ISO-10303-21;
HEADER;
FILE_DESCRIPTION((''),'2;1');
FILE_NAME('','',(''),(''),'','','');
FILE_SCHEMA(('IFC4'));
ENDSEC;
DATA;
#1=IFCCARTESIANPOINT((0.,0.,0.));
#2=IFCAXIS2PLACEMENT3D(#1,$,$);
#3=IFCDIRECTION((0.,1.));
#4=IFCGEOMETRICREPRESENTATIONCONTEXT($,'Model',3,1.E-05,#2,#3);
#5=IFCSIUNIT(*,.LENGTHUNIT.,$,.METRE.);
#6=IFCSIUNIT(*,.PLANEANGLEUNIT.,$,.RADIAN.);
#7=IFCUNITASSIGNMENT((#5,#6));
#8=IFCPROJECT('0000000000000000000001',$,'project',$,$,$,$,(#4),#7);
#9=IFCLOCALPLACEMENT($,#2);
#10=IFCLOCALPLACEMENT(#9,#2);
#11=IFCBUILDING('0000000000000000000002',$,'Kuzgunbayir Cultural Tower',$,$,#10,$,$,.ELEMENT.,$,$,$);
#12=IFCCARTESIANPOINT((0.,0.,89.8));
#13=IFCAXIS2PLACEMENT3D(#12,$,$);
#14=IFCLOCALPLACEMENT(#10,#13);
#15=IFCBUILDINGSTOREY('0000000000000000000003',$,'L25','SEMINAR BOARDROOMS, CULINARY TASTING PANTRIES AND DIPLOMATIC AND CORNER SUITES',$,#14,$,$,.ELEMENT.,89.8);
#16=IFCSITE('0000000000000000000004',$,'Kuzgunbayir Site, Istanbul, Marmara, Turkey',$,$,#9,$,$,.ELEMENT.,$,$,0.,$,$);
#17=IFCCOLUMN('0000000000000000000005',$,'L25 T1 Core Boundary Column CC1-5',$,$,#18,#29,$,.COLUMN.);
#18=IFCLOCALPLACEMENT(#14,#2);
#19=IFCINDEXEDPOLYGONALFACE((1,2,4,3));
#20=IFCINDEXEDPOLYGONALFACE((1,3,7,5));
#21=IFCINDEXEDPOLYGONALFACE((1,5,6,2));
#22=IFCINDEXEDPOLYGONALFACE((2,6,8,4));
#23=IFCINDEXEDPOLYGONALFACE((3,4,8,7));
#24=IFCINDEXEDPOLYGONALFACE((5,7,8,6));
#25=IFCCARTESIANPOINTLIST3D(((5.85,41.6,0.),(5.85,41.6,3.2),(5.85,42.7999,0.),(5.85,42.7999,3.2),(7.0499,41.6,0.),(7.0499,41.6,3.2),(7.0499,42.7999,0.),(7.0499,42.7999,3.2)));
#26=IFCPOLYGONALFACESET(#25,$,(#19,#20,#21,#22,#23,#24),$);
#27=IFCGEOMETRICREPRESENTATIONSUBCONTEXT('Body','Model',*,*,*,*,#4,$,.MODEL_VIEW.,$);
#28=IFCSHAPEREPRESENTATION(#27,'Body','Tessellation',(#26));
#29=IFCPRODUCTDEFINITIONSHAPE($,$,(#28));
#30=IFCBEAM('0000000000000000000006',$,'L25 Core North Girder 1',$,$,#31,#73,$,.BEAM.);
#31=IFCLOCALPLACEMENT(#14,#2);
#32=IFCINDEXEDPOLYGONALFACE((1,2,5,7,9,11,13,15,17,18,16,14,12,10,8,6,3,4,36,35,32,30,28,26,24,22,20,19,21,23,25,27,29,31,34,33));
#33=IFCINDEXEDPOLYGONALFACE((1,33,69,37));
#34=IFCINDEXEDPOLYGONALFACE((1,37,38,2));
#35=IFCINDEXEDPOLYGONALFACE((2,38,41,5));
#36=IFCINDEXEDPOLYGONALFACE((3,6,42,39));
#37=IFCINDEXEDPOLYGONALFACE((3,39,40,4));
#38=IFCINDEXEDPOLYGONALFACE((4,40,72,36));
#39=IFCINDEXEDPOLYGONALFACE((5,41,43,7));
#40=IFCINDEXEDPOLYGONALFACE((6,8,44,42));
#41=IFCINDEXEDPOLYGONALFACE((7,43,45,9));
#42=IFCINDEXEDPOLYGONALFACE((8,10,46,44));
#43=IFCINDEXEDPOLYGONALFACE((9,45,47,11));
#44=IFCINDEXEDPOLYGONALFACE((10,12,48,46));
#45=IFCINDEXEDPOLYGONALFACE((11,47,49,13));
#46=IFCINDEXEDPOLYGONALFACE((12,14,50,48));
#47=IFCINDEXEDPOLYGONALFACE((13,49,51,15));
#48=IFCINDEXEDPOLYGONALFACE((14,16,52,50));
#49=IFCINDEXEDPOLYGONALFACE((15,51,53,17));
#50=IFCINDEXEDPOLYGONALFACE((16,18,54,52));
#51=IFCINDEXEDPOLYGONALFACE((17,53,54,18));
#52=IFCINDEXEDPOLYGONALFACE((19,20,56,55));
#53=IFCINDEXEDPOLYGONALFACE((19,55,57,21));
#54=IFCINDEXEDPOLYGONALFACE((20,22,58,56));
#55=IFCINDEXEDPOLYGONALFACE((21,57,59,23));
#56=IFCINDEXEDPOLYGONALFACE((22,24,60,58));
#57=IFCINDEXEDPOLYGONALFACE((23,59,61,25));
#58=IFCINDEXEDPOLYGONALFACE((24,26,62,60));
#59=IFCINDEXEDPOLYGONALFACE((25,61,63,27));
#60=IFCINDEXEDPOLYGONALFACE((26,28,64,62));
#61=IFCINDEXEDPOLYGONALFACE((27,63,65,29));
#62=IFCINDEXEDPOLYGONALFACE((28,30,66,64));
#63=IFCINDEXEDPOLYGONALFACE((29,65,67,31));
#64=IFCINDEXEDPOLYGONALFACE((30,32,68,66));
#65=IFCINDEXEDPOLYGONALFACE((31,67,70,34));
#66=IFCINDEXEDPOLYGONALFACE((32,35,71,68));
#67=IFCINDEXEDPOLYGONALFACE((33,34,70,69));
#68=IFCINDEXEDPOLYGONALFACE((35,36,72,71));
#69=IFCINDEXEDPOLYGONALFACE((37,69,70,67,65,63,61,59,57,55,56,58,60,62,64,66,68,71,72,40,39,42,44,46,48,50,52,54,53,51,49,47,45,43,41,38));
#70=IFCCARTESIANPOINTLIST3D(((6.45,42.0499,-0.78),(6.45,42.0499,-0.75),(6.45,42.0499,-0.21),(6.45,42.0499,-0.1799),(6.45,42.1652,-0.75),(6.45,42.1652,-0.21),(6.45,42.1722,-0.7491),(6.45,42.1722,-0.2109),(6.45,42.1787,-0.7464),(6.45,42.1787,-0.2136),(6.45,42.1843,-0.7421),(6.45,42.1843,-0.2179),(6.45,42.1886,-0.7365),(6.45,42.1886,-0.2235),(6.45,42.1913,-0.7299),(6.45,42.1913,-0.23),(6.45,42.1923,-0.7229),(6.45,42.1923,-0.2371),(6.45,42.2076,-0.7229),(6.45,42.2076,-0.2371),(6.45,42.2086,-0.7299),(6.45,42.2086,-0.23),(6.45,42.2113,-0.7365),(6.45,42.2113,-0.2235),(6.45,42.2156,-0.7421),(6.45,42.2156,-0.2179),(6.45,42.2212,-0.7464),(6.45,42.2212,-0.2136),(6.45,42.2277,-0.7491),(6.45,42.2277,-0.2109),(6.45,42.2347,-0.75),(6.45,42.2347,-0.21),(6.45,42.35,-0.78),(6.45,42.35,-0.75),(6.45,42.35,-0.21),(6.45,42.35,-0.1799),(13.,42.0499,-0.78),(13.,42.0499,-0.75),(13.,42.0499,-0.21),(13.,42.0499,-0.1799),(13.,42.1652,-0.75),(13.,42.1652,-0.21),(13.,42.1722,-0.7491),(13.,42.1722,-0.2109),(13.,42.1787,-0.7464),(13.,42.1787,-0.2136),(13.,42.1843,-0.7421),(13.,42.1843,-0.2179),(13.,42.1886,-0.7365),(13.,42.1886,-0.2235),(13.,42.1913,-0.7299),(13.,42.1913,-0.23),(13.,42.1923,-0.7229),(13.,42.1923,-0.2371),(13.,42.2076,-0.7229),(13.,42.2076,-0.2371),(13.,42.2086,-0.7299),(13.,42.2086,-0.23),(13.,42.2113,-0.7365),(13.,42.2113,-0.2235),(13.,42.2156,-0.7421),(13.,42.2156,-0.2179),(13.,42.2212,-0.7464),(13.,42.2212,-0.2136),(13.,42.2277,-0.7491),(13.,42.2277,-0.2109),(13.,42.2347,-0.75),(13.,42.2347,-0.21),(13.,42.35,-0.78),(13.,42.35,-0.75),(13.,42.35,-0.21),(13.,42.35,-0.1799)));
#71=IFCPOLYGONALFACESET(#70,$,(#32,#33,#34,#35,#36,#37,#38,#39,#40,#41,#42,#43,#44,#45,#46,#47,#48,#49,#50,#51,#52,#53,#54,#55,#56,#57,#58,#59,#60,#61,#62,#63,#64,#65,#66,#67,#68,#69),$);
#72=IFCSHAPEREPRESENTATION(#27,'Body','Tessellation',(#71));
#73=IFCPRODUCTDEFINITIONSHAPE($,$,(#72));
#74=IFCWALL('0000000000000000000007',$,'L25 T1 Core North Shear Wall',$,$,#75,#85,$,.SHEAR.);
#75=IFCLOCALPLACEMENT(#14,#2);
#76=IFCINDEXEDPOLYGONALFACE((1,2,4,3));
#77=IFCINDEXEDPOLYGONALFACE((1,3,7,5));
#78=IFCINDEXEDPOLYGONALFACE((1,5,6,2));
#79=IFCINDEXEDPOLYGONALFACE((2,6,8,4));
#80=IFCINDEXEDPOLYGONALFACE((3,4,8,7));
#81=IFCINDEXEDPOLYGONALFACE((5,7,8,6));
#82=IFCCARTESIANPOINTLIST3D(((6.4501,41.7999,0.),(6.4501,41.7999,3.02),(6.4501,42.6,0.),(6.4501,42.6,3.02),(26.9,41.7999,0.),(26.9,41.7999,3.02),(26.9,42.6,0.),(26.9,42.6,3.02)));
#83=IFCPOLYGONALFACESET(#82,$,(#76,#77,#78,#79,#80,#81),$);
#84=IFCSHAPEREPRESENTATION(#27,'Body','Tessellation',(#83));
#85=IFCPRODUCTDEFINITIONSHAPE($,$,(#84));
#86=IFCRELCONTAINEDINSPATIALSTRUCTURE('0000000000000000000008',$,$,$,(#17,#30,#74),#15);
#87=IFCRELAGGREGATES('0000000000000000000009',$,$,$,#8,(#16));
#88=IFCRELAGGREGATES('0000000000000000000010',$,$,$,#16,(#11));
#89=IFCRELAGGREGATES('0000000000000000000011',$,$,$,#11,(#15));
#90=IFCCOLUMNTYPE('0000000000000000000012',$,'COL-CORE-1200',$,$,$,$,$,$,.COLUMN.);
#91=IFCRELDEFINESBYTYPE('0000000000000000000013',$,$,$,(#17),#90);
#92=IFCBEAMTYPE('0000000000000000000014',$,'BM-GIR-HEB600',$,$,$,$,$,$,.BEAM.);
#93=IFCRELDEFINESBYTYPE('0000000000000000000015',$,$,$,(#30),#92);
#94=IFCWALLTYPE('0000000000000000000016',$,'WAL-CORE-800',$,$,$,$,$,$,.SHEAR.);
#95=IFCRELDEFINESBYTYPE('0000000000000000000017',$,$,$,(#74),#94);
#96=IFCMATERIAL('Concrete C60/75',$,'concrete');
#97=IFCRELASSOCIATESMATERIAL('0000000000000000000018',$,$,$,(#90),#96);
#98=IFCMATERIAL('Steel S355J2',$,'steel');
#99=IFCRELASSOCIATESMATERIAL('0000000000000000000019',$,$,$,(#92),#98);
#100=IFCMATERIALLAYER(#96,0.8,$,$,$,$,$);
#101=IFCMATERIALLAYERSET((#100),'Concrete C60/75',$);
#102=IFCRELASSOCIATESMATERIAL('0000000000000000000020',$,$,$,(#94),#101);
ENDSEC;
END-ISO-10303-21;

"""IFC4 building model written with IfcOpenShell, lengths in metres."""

from ifc_helpers import new_model, si_unit, direction, frame, frame_2d, origin, origin_2d, place, context, subcontext, project, spatial, rectangle, i_section, extrude, material, layer, layer_set, material_profile, profile_set, type_object, element, save


model = new_model("IFC4")

# Units and contexts
model_context = context("Model", 3, precision=1e-05, world=origin(), true_north=direction((0.0, 1.0)))
body_context = subcontext(model_context, "Body", "Model", "MODEL_VIEW")
ifc_project = project(units=[si_unit("LENGTHUNIT", "METRE"), si_unit("PLANEANGLEUNIT", "RADIAN")], contexts=[model_context])

# Site, building, storey
site_placement = place(None, origin())
site = spatial("IfcSite", under=ifc_project, at=site_placement, Name="Kuzgunbayir Site, Istanbul, Marmara, Turkey", CompositionType="ELEMENT", RefElevation=0.0)
building_placement = place(site_placement, origin())
building = spatial("IfcBuilding", under=site, at=building_placement, Name="Kuzgunbayir Cultural Tower", CompositionType="ELEMENT")
storey_placement = place(building_placement, frame((0.0, 0.0, 89.8)))
storey = spatial("IfcBuildingStorey", under=building, at=storey_placement, Name="L25", Description="SEMINAR BOARDROOMS, CULINARY TASTING PANTRIES AND DIPLOMATIC AND CORNER SUITES", CompositionType="ELEMENT", Elevation=89.8)

# Column
ifc_material_1 = material(Name="Concrete C60/75", Category="concrete")
ifc_material_profile_1 = material_profile(ifc_material_1, rectangle(XDim=1.2, YDim=1.2, at=origin_2d()), Name="RC 1200x1200")
ifc_profile_set_1 = profile_set([ifc_material_profile_1], Name="Concrete C60/75")
column_type = type_object("IfcColumnType", Name="COL-CORE-1200", PredefinedType="COLUMN", material=ifc_profile_set_1)
column_placement = place(storey_placement, frame((6.45, 42.2, 0.0), z_axis=(0.0, 0.0, 1.0), x_axis=(1.0, 0.0, 0.0)))
element("IfcColumn", 1, at=column_placement, inside=storey, type_object=column_type, Name="L25 T1 Core Boundary Column CC1-5", PredefinedType="COLUMN", context=body_context, shape_type="SweptSolid", body=[
    extrude(rectangle(XDim=1.2, YDim=1.2, at=origin_2d()), origin(), (0.0, 0.0, 1.0), 3.2),
])

# Beam
ifc_material_2 = material(Name="Steel S355J2", Category="steel")
ifc_material_profile_2 = material_profile(ifc_material_2, i_section(OverallWidth=0.3, OverallDepth=0.6001, WebThickness=0.0154, FlangeThickness=0.03, FilletRadius=0.0271, at=origin_2d()), Name="HEB 600")
ifc_profile_set_2 = profile_set([ifc_material_profile_2], Name="Steel S355J2")
beam_type = type_object("IfcBeamType", Name="BM-GIR-HEB600", PredefinedType="BEAM", material=ifc_profile_set_2)
beam_placement = place(storey_placement, frame((6.45, 42.2, -0.48), z_axis=(1.0, 0.0, 0.0), x_axis=(0.0, 1.0, 0.0)))
element("IfcBeam", 2, at=beam_placement, inside=storey, type_object=beam_type, Name="L25 Core North Girder 1", PredefinedType="BEAM", context=body_context, shape_type="SweptSolid", body=[
    extrude(i_section(OverallWidth=0.3, OverallDepth=0.6001, WebThickness=0.0154, FlangeThickness=0.03, FilletRadius=0.0271, at=origin_2d()), origin(), (0.0, 0.0, 1.0), 6.55),
])

# Wall
ifc_layer_1 = layer(ifc_material_1, 0.8)
ifc_layer_set_1 = layer_set([ifc_layer_1], Name="Concrete C60/75")
wall_type_1 = type_object("IfcWallType", Name="WAL-CORE-800", PredefinedType="SHEAR", material=ifc_layer_set_1)
wall_1_placement = place(storey_placement, frame((6.45, 42.2, 0.0), z_axis=(0.0, 0.0, 1.0), x_axis=(1.0, 0.0, 0.0)))
element("IfcWall", 3, at=wall_1_placement, inside=storey, type_object=wall_type_1, Name="L25 T1 Core North Shear Wall", PredefinedType="SHEAR", context=body_context, shape_type="SweptSolid", body=[
    extrude(rectangle(XDim=20.45, YDim=0.8, at=frame_2d((10.2251, 0.0))), origin(), (0.0, 0.0, 1.0), 3.02),
])

save(model, "model.ifc")
